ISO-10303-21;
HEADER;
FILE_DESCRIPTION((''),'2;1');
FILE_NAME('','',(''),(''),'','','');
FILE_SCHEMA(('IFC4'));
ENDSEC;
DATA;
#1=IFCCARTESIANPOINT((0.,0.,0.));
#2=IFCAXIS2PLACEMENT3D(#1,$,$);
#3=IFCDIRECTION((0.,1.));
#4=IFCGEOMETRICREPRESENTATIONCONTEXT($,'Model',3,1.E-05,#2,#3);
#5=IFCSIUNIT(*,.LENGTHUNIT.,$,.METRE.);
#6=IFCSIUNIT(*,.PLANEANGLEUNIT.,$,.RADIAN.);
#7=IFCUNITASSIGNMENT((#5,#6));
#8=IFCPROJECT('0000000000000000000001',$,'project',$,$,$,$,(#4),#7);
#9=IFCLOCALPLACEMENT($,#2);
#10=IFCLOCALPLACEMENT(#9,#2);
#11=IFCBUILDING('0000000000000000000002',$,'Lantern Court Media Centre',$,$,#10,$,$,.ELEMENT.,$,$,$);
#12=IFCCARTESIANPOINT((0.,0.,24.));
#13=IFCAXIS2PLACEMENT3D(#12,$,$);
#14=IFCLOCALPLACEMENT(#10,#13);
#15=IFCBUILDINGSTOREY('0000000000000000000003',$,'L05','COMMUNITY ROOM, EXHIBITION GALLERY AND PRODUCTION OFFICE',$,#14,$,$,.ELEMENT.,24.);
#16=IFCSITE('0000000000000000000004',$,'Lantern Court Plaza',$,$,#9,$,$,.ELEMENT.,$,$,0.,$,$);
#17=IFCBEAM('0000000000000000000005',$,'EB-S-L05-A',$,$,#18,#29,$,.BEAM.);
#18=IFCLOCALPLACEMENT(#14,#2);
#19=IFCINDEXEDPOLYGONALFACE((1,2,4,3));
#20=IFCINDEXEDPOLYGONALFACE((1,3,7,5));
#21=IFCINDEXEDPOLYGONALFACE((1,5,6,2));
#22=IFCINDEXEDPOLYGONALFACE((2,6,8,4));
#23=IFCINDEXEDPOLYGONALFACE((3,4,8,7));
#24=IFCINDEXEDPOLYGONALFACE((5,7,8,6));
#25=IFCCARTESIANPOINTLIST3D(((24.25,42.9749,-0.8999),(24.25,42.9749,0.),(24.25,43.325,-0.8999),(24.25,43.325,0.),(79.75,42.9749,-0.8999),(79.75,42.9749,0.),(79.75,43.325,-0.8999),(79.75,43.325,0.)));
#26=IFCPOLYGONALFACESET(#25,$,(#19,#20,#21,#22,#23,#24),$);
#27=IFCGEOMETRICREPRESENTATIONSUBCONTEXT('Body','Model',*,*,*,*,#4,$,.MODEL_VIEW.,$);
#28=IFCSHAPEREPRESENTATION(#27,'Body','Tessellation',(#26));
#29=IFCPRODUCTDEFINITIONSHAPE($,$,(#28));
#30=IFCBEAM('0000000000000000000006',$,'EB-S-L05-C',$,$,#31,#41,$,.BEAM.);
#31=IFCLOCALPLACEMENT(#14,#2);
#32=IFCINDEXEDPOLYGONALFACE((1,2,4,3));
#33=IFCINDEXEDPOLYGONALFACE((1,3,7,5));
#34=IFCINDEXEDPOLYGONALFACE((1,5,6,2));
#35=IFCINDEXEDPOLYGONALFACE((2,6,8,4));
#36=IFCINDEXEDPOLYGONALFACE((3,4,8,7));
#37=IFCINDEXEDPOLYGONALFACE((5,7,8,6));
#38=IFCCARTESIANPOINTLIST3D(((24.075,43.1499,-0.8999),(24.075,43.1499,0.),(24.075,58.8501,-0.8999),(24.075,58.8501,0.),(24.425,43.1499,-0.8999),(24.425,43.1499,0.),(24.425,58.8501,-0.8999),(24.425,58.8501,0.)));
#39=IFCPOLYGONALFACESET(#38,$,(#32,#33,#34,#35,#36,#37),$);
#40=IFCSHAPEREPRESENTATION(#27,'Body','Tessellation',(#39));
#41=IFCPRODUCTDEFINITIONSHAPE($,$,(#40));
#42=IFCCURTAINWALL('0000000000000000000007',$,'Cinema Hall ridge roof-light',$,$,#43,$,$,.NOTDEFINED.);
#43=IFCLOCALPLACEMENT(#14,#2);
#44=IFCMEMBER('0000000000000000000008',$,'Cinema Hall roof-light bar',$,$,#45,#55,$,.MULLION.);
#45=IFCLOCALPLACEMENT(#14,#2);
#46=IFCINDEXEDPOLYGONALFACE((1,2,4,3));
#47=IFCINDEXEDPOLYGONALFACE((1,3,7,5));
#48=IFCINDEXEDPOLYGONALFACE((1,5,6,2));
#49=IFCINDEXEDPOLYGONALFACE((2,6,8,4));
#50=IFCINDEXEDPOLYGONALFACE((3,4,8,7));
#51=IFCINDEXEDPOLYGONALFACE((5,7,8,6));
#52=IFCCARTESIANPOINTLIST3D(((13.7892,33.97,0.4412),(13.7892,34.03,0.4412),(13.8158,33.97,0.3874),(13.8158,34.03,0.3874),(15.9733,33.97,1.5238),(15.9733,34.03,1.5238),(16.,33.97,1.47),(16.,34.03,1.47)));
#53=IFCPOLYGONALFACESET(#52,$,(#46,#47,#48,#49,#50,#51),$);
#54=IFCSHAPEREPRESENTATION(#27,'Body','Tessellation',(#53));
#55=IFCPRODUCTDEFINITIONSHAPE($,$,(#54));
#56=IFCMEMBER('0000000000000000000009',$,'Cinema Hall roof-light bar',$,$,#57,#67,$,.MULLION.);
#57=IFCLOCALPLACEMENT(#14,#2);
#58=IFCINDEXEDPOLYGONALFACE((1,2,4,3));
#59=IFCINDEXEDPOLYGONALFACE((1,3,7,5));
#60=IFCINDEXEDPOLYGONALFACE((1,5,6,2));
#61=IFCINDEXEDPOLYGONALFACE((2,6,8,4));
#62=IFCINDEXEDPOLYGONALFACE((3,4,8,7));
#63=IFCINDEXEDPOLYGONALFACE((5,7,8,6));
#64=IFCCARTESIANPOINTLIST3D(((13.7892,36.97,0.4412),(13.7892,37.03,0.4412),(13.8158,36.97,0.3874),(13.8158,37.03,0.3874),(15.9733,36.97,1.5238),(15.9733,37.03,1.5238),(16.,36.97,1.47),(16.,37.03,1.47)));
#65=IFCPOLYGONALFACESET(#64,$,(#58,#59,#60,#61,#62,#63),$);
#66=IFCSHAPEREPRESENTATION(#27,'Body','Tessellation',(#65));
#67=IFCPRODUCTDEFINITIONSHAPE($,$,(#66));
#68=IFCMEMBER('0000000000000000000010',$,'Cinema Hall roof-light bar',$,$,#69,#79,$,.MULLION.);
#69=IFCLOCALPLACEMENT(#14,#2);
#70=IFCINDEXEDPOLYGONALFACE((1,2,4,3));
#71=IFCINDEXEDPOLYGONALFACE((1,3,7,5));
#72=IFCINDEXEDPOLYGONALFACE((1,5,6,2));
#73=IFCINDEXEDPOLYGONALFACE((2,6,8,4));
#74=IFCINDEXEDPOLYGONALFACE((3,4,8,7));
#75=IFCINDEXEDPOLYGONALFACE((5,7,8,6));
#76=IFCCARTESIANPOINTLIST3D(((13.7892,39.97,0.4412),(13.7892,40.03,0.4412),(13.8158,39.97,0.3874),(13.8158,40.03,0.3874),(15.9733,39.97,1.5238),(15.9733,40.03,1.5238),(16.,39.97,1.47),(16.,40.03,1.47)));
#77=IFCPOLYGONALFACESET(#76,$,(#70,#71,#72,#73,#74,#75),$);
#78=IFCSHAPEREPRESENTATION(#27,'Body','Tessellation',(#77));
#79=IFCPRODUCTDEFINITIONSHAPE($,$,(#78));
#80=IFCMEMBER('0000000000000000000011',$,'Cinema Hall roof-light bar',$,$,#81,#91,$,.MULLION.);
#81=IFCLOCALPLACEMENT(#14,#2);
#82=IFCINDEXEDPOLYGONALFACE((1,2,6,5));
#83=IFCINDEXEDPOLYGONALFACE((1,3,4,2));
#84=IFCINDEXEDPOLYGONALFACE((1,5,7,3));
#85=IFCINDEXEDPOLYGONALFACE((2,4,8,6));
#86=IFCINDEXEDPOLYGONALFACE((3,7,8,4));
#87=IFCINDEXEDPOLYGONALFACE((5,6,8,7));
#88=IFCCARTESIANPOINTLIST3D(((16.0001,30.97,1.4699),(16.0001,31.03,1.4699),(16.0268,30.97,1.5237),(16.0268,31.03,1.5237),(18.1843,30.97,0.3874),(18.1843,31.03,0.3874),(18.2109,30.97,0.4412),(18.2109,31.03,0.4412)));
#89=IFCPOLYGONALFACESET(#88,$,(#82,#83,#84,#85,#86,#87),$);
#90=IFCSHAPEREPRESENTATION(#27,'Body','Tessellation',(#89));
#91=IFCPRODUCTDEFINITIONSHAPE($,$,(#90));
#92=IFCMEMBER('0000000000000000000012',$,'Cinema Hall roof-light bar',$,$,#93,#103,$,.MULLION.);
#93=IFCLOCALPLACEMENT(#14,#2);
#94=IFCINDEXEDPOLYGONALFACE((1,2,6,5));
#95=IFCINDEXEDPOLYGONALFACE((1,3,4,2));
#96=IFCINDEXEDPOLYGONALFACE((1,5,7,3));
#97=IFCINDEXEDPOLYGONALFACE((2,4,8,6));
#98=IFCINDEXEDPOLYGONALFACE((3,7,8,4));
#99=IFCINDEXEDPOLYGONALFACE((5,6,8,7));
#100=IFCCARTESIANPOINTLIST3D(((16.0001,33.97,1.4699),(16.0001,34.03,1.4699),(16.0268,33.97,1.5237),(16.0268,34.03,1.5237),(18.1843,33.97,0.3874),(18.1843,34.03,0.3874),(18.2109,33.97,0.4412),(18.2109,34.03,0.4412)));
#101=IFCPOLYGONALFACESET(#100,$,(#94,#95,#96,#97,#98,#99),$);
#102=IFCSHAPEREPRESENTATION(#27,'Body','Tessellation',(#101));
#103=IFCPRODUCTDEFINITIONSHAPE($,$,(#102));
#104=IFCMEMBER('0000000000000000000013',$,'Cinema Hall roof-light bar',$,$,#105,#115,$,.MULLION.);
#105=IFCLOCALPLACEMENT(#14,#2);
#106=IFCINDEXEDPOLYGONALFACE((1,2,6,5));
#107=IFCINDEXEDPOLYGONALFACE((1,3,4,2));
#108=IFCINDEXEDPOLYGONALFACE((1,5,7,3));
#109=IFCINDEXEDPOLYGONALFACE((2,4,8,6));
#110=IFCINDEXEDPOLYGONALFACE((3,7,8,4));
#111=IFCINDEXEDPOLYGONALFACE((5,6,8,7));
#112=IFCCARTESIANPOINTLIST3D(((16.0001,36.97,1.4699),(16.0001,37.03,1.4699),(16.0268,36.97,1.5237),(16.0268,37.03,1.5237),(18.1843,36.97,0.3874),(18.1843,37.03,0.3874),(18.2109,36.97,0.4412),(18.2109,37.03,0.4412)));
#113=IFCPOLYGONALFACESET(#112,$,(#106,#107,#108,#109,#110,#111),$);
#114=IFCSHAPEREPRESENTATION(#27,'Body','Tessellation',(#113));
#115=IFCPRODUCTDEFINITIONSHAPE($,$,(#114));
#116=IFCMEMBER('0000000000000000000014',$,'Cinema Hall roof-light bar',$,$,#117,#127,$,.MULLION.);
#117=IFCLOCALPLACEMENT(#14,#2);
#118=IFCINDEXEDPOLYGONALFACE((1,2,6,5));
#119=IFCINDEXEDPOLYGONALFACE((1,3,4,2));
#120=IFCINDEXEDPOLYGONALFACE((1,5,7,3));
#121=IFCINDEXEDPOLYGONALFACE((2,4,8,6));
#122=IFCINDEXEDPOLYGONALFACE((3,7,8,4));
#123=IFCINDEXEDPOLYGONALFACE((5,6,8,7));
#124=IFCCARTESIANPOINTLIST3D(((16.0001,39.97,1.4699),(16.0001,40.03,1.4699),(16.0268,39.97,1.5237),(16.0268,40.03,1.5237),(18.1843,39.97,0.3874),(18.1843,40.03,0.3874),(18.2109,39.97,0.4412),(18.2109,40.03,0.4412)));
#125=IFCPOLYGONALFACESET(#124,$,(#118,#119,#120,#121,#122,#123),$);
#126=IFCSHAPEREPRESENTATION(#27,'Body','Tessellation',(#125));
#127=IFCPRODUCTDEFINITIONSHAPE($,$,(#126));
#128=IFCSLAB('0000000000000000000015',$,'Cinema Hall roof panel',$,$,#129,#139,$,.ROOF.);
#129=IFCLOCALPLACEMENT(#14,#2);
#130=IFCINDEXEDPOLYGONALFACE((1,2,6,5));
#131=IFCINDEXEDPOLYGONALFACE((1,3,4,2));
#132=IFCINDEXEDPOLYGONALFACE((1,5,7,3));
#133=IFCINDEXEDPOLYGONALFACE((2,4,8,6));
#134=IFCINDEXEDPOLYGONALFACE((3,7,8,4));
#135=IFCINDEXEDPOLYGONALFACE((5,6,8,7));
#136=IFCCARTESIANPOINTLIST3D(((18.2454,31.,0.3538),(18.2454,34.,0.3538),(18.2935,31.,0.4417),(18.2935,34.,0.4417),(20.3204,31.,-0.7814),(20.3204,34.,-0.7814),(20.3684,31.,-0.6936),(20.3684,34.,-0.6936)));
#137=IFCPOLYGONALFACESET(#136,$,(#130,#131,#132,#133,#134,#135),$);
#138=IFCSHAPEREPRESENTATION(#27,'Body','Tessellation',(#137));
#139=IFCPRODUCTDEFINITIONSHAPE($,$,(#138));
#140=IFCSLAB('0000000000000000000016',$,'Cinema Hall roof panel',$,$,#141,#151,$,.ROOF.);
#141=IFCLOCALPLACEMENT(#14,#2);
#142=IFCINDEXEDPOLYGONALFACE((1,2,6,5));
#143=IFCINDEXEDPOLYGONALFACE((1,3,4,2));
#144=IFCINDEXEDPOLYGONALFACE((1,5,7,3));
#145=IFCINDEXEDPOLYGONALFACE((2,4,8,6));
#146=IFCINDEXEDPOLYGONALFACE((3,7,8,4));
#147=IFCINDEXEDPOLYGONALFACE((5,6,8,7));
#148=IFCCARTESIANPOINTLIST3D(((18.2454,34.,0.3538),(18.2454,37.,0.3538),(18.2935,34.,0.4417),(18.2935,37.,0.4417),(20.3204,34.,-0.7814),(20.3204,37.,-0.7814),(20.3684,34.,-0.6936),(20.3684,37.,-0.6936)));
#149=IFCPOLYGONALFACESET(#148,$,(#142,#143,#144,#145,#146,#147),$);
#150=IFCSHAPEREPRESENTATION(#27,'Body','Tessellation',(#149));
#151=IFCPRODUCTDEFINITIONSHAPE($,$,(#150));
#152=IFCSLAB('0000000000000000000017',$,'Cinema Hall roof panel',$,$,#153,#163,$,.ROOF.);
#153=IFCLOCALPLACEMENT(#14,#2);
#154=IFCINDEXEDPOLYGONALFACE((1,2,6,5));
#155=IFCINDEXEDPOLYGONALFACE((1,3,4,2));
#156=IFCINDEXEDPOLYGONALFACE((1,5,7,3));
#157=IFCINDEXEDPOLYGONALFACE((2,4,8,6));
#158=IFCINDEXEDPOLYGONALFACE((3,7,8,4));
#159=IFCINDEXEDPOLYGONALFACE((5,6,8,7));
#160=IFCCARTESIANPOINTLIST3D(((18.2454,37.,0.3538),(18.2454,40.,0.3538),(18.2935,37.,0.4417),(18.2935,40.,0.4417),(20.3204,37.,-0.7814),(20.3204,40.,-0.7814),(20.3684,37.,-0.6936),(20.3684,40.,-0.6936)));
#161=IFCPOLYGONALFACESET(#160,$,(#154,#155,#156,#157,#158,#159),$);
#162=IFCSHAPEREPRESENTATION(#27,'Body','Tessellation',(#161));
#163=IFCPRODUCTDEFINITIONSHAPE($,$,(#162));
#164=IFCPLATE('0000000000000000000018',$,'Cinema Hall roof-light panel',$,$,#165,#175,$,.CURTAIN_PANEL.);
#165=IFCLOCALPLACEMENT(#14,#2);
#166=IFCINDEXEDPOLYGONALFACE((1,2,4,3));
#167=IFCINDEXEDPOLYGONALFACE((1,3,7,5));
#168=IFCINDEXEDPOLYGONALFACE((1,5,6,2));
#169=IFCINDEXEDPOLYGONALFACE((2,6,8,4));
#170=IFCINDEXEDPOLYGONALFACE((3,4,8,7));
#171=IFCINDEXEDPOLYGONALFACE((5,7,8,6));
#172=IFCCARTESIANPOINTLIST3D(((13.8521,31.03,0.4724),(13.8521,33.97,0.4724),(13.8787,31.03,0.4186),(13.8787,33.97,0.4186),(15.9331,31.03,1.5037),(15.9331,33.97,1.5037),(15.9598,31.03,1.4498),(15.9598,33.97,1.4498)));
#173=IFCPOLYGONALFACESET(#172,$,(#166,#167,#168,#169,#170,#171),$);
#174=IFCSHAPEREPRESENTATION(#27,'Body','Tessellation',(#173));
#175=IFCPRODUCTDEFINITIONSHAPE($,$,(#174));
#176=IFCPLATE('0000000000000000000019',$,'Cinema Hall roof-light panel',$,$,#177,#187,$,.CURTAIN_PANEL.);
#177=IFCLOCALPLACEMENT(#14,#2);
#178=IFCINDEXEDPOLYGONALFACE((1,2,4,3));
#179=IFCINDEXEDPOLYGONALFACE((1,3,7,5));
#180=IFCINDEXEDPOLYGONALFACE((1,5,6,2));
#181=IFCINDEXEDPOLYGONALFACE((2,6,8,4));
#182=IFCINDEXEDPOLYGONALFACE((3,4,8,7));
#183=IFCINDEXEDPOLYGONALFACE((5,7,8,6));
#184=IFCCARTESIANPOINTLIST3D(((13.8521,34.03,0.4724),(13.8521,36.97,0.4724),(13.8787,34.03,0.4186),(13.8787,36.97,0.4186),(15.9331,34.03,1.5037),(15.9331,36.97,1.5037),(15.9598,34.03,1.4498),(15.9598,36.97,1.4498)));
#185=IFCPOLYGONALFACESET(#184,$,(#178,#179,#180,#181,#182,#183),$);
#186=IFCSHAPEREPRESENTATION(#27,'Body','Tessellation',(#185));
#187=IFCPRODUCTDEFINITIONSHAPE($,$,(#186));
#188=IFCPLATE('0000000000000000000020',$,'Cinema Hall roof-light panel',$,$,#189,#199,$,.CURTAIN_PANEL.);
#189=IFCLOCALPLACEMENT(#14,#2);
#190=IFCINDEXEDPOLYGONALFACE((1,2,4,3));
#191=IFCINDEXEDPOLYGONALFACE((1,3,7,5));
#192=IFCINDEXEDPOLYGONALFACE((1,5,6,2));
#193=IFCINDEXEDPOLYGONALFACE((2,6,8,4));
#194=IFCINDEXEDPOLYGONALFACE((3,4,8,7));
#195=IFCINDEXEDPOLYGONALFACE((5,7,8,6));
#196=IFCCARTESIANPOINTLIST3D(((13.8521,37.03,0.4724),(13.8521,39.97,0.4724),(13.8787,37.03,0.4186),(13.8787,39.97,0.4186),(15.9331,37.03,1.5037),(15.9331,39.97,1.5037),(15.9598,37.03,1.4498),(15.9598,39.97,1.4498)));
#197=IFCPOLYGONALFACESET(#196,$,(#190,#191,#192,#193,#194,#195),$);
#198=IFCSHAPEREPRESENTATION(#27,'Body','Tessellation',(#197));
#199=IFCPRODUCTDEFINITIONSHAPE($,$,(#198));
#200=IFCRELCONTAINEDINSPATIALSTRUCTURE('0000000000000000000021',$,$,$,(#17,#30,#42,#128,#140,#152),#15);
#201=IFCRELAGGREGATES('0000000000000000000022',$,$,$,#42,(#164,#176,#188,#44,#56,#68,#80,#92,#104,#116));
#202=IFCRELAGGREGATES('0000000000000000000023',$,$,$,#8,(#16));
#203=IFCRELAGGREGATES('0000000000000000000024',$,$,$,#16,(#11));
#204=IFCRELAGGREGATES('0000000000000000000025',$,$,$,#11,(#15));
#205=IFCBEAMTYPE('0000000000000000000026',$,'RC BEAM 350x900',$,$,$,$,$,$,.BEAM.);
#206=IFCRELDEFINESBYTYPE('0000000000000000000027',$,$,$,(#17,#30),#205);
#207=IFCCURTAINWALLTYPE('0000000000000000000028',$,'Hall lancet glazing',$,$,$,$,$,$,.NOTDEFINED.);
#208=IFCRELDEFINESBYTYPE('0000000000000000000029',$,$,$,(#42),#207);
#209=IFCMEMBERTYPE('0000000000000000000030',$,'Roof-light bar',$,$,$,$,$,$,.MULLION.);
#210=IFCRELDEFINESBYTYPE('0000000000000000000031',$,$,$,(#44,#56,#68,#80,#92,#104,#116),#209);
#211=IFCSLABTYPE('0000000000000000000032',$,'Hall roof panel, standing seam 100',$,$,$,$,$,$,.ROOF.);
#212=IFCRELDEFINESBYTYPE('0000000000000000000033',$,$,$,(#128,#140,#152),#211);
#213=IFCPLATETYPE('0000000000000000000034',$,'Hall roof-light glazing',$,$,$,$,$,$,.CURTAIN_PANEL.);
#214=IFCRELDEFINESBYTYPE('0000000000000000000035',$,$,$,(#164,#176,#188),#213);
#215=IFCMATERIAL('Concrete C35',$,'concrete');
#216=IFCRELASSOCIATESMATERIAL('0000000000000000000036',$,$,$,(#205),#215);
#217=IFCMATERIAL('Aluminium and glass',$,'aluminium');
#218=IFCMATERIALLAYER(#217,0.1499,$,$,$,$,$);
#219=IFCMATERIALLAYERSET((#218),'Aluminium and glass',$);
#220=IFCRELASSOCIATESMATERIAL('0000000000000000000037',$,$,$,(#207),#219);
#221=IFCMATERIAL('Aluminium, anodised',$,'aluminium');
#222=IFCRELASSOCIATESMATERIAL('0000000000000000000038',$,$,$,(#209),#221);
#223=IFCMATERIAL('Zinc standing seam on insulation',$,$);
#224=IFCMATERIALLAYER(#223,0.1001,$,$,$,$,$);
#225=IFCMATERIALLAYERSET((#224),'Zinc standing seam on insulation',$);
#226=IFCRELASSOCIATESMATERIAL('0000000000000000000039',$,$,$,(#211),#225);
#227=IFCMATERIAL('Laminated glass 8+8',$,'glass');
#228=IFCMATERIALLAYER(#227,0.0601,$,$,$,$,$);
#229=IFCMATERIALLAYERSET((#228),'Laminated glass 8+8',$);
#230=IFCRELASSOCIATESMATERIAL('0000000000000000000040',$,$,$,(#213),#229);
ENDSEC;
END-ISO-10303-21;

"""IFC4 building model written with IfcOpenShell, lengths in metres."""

from ifc_helpers import new_model, si_unit, direction, frame, origin, origin_2d, place, context, subcontext, project, spatial, polyline, rectangle, outline, extrude, material, layer, layer_set, material_profile, profile_set, type_object, element, aggregate, save


model = new_model("IFC4")

# Units and contexts
model_context = context("Model", 3, precision=1e-05, world=origin(), true_north=direction((0.0, 1.0)))
body_context = subcontext(model_context, "Body", "Model", "MODEL_VIEW")
ifc_project = project(units=[si_unit("LENGTHUNIT", "METRE"), si_unit("PLANEANGLEUNIT", "RADIAN")], contexts=[model_context])

# Site, building, storey
site_placement = place(None, origin())
site = spatial("IfcSite", under=ifc_project, at=site_placement, Name="Lantern Court Plaza", CompositionType="ELEMENT", RefElevation=0.0)
building_placement = place(site_placement, origin())
building = spatial("IfcBuilding", under=site, at=building_placement, Name="Lantern Court Media Centre", CompositionType="ELEMENT")
storey_placement = place(building_placement, frame((0.0, 0.0, 24.0)))
storey = spatial("IfcBuildingStorey", under=building, at=storey_placement, Name="L05", Description="COMMUNITY ROOM, EXHIBITION GALLERY AND PRODUCTION OFFICE", CompositionType="ELEMENT", Elevation=24.0)

# Beams
ifc_material_1 = material(Name="Concrete C35", Category="concrete")
ifc_material_profile_1 = material_profile(ifc_material_1, rectangle(XDim=0.3501, YDim=0.8999, at=origin_2d()), Name="RC 350x900")
ifc_profile_set_1 = profile_set([ifc_material_profile_1], Name="Concrete C35")
beam_type = type_object("IfcBeamType", Name="RC BEAM 350x900", PredefinedType="BEAM", material=ifc_profile_set_1)
beam_1_placement = place(storey_placement, frame((24.25, 43.1499, -0.45), z_axis=(1.0, 0.0, 0.0), x_axis=(0.0, 1.0, 0.0)))
element("IfcBeam", 1, at=beam_1_placement, inside=storey, type_object=beam_type, Name="EB-S-L05-A", PredefinedType="BEAM", context=body_context, shape_type="SweptSolid", body=[
    extrude(rectangle(XDim=0.3501, YDim=0.8999, at=origin_2d()), origin(), (0.0, 0.0, 1.0), 55.5),
])
beam_2_placement = place(storey_placement, frame((24.25, 43.1499, -0.45), z_axis=(0.0, 1.0, 0.0), x_axis=(-1.0, 0.0, 0.0)))
element("IfcBeam", 2, at=beam_2_placement, inside=storey, type_object=beam_type, Name="EB-S-L05-C", PredefinedType="BEAM", context=body_context, shape_type="SweptSolid", body=[
    extrude(rectangle(XDim=0.3501, YDim=0.8999, at=origin_2d()), origin(), (0.0, 0.0, 1.0), 15.7002),
])

# Curtain wall, members
ifc_material_2 = material(Name="Aluminium and glass", Category="aluminium")
ifc_layer_1 = layer(ifc_material_2, 0.1499)
ifc_layer_set_1 = layer_set([ifc_layer_1], Name="Aluminium and glass")
curtain_wall_type = type_object("IfcCurtainWallType", Name="Hall lancet glazing", PredefinedType="NOTDEFINED", material=ifc_layer_set_1)
curtain_wall_placement = place(storey_placement, origin())
curtain_wall = element("IfcCurtainWall", 3, at=curtain_wall_placement, inside=storey, type_object=curtain_wall_type, Name="Cinema Hall ridge roof-light", PredefinedType="NOTDEFINED")
ifc_material_3 = material(Name="Aluminium, anodised", Category="aluminium")
ifc_material_profile_2 = material_profile(ifc_material_3, rectangle(XDim=0.0601, YDim=0.0601, at=origin_2d()), Name="Roof-light bar")
ifc_profile_set_2 = profile_set([ifc_material_profile_2], Name="Aluminium, anodised")
member_type = type_object("IfcMemberType", Name="Roof-light bar", PredefinedType="MULLION", material=ifc_profile_set_2)
member_1_placement = place(storey_placement, frame((13.8025, 34.0, 0.4143), z_axis=(0.895984, 0.0, 0.444086), x_axis=(0.0, 1.0, 0.0)))
member_1 = element("IfcMember", 4, at=member_1_placement, type_object=member_type, Name="Cinema Hall roof-light bar", PredefinedType="MULLION", context=body_context, shape_type="SweptSolid", body=[
    extrude(rectangle(XDim=0.0601, YDim=0.0601, at=origin_2d()), origin(), (0.0, 0.0, 1.0), 2.4377),
])
member_2_placement = place(storey_placement, frame((13.8025, 37.0, 0.4143), z_axis=(0.895984, 0.0, 0.444086), x_axis=(0.0, 1.0, 0.0)))
member_2 = element("IfcMember", 5, at=member_2_placement, type_object=member_type, Name="Cinema Hall roof-light bar", PredefinedType="MULLION", context=body_context, shape_type="SweptSolid", body=[
    extrude(rectangle(XDim=0.0601, YDim=0.0601, at=origin_2d()), origin(), (0.0, 0.0, 1.0), 2.4377),
])
member_3_placement = place(storey_placement, frame((13.8025, 40.0, 0.4143), z_axis=(0.895984, 0.0, 0.444086), x_axis=(0.0, 1.0, 0.0)))
member_3 = element("IfcMember", 6, at=member_3_placement, type_object=member_type, Name="Cinema Hall roof-light bar", PredefinedType="MULLION", context=body_context, shape_type="SweptSolid", body=[
    extrude(rectangle(XDim=0.0601, YDim=0.0601, at=origin_2d()), origin(), (0.0, 0.0, 1.0), 2.4377),
])
member_4_placement = place(storey_placement, frame((16.0134, 31.0, 1.4968), z_axis=(0.895984, 0.0, -0.444086), x_axis=(0.0, 1.0, 0.0)))
member_4 = element("IfcMember", 7, at=member_4_placement, type_object=member_type, Name="Cinema Hall roof-light bar", PredefinedType="MULLION", context=body_context, shape_type="SweptSolid", body=[
    extrude(rectangle(XDim=0.0601, YDim=0.0601, at=origin_2d()), origin(), (0.0, 0.0, 1.0), 2.4377),
])
member_5_placement = place(storey_placement, frame((16.0134, 34.0, 1.4968), z_axis=(0.895984, 0.0, -0.444086), x_axis=(0.0, 1.0, 0.0)))
member_5 = element("IfcMember", 8, at=member_5_placement, type_object=member_type, Name="Cinema Hall roof-light bar", PredefinedType="MULLION", context=body_context, shape_type="SweptSolid", body=[
    extrude(rectangle(XDim=0.0601, YDim=0.0601, at=origin_2d()), origin(), (0.0, 0.0, 1.0), 2.4377),
])
member_6_placement = place(storey_placement, frame((16.0134, 37.0, 1.4968), z_axis=(0.895984, 0.0, -0.444086), x_axis=(0.0, 1.0, 0.0)))
member_6 = element("IfcMember", 9, at=member_6_placement, type_object=member_type, Name="Cinema Hall roof-light bar", PredefinedType="MULLION", context=body_context, shape_type="SweptSolid", body=[
    extrude(rectangle(XDim=0.0601, YDim=0.0601, at=origin_2d()), origin(), (0.0, 0.0, 1.0), 2.4377),
])
member_7_placement = place(storey_placement, frame((16.0134, 40.0, 1.4968), z_axis=(0.895984, 0.0, -0.444086), x_axis=(0.0, 1.0, 0.0)))
member_7 = element("IfcMember", 10, at=member_7_placement, type_object=member_type, Name="Cinema Hall roof-light bar", PredefinedType="MULLION", context=body_context, shape_type="SweptSolid", body=[
    extrude(rectangle(XDim=0.0601, YDim=0.0601, at=origin_2d()), origin(), (0.0, 0.0, 1.0), 2.4377),
])

# Slabs
ifc_material_4 = material(Name="Zinc standing seam on insulation")
ifc_layer_2 = layer(ifc_material_4, 0.1001)
ifc_layer_set_2 = layer_set([ifc_layer_2], Name="Zinc standing seam on insulation")
slab_type = type_object("IfcSlabType", Name="Hall roof panel, standing seam 100", PredefinedType="ROOF", material=ifc_layer_set_2)
for number, where, z_axis, x_axis, name in (
    (11, (18.2935, 31.0, 0.4417), (0.47998, 0.0, 0.877279), (0.877279, 0.0, -0.47998), "Cinema Hall roof panel"),
    (12, (18.2935, 34.0, 0.4417), (0.47998, 0.0, 0.877279), (0.877279, 0.0, -0.47998), "Cinema Hall roof panel"),
    (13, (18.2935, 37.0, 0.4417), (0.47998, 0.0, 0.877279), (0.877279, 0.0, -0.47998), "Cinema Hall roof panel"),
):
    element("IfcSlab", number, at=place(storey_placement, frame(where, z_axis=z_axis, x_axis=x_axis)), inside=storey, type_object=slab_type, Name=name, PredefinedType="ROOF", context=body_context, shape_type="SweptSolid", body=[
        extrude(outline(polyline([(0.0, 0.0), (2.3652, 0.0), (2.3652, 3.0), (0.0, 3.0), (0.0, 0.0)])), origin(), (0.0, 0.0, -1.0), 0.1001),
    ])

# Plates
ifc_material_5 = material(Name="Laminated glass 8+8", Category="glass")
ifc_layer_3 = layer(ifc_material_5, 0.0601)
ifc_layer_set_3 = layer_set([ifc_layer_3], Name="Laminated glass 8+8")
plate_type = type_object("IfcPlateType", Name="Hall roof-light glazing", PredefinedType="CURTAIN_PANEL", material=ifc_layer_set_3)
plate_1_placement = place(storey_placement, frame((13.8521, 31.03, 0.4724), z_axis=(-0.444015, 0.0, 0.896019), x_axis=(0.896019, 0.0, 0.444015)))
plate_1 = element("IfcPlate", 14, at=plate_1_placement, type_object=plate_type, Name="Cinema Hall roof-light panel", PredefinedType="CURTAIN_PANEL", context=body_context, shape_type="SweptSolid", body=[
    extrude(outline(polyline([(0.0, 0.0), (2.3226, 0.0), (2.3226, 2.9399), (0.0, 2.9399), (0.0, 0.0)])), origin(), (0.0, 0.0, -1.0), 0.0601),
])
plate_2_placement = place(storey_placement, frame((13.8521, 34.03, 0.4724), z_axis=(-0.444015, 0.0, 0.896019), x_axis=(0.896019, 0.0, 0.444015)))
plate_2 = element("IfcPlate", 15, at=plate_2_placement, type_object=plate_type, Name="Cinema Hall roof-light panel", PredefinedType="CURTAIN_PANEL", context=body_context, shape_type="SweptSolid", body=[
    extrude(outline(polyline([(0.0, 0.0), (2.3226, 0.0), (2.3226, 2.9399), (0.0, 2.9399), (0.0, 0.0)])), origin(), (0.0, 0.0, -1.0), 0.0601),
])
plate_3_placement = place(storey_placement, frame((13.8521, 37.03, 0.4724), z_axis=(-0.444015, 0.0, 0.896019), x_axis=(0.896019, 0.0, 0.444015)))
plate_3 = element("IfcPlate", 16, at=plate_3_placement, type_object=plate_type, Name="Cinema Hall roof-light panel", PredefinedType="CURTAIN_PANEL", context=body_context, shape_type="SweptSolid", body=[
    extrude(outline(polyline([(0.0, 0.0), (2.3226, 0.0), (2.3226, 2.9399), (0.0, 2.9399), (0.0, 0.0)])), origin(), (0.0, 0.0, -1.0), 0.0601),
])
aggregate(curtain_wall, [plate_1, plate_2, plate_3, member_1, member_2, member_3, member_4, member_5, member_6, member_7])

save(model, "model.ifc")
